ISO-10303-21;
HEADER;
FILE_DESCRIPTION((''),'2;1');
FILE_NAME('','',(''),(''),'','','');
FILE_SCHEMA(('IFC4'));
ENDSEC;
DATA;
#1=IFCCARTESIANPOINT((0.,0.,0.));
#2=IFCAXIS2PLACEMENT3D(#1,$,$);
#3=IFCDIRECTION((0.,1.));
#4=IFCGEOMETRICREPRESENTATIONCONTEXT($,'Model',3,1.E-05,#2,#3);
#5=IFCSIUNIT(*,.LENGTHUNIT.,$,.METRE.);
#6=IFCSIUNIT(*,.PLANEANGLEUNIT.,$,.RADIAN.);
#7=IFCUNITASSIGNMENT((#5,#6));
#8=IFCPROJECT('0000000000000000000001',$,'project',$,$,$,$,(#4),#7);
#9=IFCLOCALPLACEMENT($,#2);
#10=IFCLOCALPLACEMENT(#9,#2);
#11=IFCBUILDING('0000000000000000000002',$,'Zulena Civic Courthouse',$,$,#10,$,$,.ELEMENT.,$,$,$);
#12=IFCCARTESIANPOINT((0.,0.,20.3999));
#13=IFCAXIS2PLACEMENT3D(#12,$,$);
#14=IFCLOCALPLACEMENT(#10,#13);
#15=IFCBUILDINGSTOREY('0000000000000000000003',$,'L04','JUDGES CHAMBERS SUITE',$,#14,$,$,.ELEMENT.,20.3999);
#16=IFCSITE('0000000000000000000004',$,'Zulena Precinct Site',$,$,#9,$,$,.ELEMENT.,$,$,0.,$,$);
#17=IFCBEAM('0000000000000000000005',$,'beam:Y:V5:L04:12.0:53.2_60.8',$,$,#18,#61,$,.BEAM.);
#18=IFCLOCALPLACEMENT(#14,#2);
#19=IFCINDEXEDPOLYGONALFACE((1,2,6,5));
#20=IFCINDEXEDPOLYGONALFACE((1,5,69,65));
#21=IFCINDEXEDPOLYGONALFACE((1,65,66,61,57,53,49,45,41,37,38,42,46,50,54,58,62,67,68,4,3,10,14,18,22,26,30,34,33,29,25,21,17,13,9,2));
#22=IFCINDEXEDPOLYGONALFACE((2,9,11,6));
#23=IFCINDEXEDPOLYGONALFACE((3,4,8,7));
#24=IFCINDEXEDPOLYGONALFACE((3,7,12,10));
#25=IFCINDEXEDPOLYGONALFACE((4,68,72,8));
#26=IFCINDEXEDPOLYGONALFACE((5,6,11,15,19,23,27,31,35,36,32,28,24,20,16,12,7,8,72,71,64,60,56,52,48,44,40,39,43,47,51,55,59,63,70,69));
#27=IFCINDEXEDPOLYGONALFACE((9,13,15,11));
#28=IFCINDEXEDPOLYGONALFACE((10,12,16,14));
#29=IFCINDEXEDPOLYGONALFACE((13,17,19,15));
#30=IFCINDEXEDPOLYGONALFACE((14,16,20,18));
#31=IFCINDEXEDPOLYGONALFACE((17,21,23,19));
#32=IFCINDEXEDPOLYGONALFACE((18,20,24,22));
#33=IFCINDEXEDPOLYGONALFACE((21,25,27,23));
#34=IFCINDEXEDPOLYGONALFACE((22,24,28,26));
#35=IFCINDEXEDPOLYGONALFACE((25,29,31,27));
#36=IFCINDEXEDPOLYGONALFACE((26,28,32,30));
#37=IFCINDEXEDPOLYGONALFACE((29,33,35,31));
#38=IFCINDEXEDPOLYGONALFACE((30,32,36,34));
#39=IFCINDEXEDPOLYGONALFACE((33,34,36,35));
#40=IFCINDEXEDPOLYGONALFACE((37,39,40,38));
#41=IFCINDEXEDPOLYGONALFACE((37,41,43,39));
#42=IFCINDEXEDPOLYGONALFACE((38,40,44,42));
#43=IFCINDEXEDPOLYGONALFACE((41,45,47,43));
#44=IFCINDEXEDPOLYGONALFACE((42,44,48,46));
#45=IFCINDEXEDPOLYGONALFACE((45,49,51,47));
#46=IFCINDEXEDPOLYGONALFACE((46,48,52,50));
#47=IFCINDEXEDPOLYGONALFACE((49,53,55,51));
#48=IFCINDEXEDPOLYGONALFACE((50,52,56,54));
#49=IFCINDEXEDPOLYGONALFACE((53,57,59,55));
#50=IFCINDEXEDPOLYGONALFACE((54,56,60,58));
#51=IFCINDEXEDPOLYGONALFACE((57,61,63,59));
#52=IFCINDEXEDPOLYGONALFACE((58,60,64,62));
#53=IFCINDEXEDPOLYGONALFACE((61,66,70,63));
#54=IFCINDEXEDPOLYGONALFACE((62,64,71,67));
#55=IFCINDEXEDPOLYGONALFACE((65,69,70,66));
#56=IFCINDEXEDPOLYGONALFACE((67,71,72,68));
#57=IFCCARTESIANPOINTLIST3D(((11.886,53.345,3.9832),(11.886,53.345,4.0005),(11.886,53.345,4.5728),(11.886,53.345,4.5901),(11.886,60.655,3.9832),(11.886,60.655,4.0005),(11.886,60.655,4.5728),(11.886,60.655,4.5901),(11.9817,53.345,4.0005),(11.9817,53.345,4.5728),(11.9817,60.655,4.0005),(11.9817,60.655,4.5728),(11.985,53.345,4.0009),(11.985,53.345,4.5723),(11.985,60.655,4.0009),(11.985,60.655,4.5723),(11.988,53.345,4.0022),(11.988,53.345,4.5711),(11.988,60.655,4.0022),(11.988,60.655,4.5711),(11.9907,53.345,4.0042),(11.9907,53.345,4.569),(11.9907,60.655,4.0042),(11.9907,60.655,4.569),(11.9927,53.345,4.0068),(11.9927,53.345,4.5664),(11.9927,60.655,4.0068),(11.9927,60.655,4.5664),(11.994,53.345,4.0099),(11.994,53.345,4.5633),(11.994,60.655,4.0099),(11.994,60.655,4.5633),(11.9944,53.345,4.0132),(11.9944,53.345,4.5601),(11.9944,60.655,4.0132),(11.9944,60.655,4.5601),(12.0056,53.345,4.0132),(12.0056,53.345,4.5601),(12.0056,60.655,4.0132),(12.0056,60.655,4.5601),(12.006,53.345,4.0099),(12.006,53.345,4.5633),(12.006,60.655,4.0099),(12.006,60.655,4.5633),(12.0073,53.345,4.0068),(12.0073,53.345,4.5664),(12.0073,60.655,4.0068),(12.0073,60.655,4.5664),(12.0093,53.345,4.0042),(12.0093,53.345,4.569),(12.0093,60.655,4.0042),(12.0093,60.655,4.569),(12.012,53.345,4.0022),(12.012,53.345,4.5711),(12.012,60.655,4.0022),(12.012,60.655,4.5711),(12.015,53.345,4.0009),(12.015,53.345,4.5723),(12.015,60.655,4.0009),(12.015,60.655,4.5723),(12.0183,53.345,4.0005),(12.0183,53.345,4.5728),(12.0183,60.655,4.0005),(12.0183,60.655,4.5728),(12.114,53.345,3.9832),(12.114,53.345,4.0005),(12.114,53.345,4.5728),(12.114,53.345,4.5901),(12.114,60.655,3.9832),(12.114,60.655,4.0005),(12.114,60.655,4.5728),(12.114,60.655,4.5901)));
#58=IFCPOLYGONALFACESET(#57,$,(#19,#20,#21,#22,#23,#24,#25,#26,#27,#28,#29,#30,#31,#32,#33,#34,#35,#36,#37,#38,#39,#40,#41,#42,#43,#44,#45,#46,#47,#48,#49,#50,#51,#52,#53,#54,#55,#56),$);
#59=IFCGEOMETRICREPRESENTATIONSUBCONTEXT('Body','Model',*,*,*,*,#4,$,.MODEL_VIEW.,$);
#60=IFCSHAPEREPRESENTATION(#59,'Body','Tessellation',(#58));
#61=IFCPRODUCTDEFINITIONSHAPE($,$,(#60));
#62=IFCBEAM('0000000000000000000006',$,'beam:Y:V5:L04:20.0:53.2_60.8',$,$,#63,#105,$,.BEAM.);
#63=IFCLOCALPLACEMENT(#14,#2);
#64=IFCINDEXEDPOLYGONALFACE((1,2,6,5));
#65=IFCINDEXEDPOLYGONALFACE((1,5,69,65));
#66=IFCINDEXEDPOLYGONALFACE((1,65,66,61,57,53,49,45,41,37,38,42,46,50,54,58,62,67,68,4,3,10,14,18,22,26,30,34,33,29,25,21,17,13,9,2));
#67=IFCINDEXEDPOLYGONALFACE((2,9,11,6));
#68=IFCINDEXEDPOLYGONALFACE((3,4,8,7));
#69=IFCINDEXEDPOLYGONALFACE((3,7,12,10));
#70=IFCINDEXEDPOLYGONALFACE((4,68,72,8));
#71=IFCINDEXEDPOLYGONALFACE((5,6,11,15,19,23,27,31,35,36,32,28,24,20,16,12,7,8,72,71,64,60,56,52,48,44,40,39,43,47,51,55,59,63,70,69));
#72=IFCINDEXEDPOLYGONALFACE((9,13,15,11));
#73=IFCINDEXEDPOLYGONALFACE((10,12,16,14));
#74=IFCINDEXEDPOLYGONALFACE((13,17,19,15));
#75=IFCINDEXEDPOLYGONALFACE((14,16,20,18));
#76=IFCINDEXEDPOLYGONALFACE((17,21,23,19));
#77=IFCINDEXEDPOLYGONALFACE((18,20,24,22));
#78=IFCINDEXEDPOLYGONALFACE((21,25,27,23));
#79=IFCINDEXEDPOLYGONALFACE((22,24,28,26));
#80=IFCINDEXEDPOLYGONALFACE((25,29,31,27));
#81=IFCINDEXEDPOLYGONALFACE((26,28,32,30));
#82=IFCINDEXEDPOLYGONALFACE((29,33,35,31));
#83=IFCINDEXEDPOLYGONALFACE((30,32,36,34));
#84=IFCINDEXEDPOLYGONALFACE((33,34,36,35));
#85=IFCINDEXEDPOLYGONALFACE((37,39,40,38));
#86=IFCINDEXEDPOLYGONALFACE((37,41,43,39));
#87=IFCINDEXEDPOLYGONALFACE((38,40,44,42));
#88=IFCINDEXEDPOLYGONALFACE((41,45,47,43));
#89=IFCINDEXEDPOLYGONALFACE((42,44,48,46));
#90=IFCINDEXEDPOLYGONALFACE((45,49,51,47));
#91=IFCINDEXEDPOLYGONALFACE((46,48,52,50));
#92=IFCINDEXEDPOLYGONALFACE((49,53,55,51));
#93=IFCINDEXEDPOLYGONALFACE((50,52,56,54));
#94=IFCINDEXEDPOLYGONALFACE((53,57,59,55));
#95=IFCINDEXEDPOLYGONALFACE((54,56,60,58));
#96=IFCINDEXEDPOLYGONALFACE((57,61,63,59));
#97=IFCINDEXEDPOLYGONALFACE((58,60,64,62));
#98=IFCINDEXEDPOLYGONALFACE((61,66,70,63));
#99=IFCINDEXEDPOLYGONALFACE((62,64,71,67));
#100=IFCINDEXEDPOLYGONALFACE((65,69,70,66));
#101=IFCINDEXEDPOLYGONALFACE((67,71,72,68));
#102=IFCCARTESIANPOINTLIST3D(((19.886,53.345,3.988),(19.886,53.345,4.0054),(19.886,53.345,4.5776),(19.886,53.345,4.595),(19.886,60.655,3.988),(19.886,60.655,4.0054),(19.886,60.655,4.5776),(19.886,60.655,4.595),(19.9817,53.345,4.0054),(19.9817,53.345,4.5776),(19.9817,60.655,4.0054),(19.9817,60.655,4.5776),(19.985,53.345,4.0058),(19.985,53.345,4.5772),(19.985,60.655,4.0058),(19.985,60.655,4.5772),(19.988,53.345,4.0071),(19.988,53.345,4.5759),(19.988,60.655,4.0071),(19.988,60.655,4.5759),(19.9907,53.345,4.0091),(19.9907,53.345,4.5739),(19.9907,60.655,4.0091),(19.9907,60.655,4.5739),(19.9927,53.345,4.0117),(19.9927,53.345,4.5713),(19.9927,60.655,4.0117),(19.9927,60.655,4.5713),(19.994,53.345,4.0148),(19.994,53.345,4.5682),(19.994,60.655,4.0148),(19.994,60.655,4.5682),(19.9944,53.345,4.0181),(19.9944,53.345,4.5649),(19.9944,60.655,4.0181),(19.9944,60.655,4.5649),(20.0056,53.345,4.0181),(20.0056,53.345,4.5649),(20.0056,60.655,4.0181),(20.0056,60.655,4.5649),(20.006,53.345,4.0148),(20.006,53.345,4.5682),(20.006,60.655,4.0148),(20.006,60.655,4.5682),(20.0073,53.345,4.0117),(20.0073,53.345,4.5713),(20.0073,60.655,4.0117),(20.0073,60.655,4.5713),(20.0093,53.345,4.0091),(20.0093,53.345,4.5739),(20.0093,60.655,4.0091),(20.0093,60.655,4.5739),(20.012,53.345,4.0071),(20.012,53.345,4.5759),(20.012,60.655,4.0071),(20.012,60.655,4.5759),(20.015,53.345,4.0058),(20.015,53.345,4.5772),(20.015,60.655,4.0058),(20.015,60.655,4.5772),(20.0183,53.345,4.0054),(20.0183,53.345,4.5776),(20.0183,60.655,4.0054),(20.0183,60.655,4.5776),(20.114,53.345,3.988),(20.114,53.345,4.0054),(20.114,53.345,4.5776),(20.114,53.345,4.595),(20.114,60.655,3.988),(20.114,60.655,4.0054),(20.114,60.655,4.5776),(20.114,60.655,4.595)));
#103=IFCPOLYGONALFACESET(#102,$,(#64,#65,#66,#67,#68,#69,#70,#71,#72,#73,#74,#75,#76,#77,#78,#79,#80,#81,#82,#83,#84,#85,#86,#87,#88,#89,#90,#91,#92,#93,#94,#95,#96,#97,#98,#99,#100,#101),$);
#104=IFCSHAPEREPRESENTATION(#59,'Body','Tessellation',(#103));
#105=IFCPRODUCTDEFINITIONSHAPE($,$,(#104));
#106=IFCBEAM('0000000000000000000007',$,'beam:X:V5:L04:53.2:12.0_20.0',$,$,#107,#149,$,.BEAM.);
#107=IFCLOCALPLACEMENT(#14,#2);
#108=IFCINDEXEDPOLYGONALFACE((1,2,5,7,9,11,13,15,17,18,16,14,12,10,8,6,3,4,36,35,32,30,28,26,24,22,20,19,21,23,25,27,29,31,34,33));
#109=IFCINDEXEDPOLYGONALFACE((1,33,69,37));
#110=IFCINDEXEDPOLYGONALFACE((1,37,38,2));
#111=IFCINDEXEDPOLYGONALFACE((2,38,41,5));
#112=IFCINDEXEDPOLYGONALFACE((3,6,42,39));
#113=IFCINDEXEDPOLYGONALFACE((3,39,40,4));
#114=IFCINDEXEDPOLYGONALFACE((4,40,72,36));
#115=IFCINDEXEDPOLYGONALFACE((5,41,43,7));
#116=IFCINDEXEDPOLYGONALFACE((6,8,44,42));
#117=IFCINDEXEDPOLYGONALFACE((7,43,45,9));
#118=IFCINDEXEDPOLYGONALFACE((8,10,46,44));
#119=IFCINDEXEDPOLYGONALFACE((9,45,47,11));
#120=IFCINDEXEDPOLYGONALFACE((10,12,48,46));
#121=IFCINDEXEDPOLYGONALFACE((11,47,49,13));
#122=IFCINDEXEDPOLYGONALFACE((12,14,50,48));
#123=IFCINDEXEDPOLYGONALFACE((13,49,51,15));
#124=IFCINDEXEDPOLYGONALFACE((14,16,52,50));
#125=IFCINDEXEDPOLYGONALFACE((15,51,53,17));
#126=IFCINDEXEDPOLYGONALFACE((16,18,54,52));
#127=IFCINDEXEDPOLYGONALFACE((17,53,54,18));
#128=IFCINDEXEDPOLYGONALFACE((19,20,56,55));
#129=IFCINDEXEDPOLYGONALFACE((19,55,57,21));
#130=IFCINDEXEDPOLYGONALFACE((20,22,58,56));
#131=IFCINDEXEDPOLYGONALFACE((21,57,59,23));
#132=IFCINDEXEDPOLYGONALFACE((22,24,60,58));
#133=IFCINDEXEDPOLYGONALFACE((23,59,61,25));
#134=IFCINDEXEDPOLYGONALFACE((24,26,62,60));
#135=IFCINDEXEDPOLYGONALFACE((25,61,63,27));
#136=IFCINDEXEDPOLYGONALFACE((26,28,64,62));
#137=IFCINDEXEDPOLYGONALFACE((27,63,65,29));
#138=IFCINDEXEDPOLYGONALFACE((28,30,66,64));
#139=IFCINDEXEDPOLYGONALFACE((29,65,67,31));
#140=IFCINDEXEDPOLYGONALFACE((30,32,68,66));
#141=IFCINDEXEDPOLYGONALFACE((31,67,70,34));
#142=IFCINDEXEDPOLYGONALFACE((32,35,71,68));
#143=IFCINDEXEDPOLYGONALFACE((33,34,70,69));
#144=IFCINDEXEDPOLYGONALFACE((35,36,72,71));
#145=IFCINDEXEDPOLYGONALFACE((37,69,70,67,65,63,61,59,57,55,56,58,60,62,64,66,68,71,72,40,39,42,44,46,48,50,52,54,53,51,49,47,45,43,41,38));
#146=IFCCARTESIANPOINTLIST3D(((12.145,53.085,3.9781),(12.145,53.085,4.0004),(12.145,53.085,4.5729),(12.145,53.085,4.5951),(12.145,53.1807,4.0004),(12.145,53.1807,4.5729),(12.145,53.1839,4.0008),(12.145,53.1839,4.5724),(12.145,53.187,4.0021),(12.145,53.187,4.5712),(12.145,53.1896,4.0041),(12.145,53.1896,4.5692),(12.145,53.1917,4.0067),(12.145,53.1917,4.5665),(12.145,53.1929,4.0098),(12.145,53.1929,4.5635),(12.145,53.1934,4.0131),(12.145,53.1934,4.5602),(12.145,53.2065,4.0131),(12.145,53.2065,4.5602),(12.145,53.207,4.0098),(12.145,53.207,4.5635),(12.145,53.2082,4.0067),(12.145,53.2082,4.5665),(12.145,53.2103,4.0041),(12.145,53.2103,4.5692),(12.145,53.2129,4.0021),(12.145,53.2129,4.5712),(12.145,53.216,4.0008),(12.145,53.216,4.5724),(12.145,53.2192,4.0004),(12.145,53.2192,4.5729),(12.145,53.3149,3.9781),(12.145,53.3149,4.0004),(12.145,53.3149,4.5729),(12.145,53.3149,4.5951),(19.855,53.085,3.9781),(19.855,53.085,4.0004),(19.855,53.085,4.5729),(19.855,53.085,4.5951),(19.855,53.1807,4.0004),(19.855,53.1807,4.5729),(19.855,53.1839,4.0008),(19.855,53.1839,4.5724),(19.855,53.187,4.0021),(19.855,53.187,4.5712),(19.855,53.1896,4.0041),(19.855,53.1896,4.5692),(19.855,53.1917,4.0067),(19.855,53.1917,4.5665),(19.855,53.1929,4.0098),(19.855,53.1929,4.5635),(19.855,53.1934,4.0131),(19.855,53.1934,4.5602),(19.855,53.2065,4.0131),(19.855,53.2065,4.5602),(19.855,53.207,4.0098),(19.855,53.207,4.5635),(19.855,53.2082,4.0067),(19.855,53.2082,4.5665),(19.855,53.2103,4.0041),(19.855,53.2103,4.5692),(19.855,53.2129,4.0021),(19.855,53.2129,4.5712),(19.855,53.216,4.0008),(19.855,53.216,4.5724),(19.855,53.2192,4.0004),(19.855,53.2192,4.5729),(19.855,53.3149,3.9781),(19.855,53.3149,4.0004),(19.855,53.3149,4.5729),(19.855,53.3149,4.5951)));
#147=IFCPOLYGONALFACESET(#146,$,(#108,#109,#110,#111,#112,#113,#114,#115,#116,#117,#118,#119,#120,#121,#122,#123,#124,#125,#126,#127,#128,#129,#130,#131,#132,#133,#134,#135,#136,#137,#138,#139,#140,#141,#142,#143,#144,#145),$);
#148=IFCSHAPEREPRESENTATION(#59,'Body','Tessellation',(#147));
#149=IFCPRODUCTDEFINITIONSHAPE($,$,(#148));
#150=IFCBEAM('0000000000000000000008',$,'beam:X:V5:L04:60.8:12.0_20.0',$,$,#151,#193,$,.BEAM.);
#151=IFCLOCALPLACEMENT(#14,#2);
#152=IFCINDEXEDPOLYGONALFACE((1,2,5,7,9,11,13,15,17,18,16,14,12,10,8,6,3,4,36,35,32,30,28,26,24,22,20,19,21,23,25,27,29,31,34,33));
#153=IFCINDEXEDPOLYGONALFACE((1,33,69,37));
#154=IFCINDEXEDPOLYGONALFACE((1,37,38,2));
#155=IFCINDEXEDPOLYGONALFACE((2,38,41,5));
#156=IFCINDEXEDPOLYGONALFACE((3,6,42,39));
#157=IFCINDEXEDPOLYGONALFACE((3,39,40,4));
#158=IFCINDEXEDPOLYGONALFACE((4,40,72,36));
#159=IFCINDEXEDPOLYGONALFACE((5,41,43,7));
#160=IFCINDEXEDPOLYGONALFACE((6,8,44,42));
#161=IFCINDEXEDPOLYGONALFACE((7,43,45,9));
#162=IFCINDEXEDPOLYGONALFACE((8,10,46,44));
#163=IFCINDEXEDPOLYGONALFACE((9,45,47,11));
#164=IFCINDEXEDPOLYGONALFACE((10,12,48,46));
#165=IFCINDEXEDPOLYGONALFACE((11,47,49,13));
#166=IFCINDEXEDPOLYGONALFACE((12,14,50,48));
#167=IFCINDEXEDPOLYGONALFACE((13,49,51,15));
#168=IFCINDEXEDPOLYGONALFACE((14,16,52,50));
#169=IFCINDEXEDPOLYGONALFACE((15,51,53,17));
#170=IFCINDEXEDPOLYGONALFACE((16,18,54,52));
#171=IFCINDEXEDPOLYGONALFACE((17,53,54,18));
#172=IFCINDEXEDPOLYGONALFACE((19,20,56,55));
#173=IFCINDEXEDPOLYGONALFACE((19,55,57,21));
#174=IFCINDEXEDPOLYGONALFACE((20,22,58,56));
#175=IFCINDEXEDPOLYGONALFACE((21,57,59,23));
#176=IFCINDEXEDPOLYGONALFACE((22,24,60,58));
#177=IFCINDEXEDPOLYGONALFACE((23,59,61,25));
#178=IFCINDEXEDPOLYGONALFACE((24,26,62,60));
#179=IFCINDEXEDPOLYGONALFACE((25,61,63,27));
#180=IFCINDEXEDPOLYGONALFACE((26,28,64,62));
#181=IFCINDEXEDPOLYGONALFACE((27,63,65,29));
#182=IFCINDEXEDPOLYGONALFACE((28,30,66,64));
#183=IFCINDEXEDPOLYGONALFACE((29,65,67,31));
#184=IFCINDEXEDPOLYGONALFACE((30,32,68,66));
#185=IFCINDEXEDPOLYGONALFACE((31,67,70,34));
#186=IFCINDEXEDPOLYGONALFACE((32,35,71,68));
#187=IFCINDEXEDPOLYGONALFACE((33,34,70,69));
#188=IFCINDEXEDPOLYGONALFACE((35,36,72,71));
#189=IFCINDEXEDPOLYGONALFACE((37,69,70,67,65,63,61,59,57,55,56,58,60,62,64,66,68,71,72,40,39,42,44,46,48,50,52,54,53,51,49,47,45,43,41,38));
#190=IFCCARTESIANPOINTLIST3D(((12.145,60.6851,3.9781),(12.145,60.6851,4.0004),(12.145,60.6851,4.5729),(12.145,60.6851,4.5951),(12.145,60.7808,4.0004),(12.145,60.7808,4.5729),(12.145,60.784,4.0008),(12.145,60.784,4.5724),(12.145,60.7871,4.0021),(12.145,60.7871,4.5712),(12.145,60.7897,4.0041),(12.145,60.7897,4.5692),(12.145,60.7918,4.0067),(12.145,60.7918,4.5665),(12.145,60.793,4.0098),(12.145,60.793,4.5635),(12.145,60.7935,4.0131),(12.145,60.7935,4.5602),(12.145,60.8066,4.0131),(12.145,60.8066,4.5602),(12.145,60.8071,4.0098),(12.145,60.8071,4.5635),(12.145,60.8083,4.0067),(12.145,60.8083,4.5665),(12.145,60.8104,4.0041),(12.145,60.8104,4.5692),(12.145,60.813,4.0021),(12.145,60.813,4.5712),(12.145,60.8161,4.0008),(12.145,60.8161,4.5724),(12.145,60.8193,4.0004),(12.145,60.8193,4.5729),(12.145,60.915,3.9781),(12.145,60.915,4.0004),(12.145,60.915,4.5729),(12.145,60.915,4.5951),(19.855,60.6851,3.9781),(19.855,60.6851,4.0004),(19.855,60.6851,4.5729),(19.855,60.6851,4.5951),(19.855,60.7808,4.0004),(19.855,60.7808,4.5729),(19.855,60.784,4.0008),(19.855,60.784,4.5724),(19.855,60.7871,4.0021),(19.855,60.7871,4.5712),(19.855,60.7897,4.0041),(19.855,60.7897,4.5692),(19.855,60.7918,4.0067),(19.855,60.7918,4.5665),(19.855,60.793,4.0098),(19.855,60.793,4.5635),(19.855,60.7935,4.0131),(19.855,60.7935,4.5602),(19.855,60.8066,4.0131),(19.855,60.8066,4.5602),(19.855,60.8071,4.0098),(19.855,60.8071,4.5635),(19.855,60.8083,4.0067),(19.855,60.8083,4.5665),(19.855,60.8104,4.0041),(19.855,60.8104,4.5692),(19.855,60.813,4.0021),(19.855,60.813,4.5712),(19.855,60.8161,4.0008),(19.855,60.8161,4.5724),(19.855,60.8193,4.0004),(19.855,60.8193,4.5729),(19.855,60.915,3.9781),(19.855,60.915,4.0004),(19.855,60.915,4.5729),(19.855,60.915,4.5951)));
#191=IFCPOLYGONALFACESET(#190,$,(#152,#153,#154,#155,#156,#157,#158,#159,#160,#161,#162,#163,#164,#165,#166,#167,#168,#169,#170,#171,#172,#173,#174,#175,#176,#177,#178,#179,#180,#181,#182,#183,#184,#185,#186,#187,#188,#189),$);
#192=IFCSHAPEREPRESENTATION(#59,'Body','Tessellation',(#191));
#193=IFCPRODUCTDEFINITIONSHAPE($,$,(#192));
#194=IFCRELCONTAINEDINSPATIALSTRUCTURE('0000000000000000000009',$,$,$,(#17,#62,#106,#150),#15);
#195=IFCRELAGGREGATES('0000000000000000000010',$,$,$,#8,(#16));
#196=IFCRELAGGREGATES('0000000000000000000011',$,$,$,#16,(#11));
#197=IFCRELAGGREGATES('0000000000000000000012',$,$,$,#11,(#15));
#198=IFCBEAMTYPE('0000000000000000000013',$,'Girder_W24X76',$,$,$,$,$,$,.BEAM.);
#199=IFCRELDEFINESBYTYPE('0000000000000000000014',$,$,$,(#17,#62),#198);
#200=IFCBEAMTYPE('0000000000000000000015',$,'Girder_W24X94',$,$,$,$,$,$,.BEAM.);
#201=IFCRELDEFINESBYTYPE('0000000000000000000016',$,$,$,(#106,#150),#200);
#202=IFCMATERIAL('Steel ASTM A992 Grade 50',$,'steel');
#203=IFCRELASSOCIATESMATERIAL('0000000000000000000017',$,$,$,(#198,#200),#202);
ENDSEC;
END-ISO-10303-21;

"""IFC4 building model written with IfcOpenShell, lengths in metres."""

from ifc_helpers import new_model, si_unit, direction, frame, origin, origin_2d, place, context, subcontext, project, spatial, i_section, extrude, material, material_profile, profile_set, type_object, element, save


model = new_model("IFC4")

# Units and contexts
model_context = context("Model", 3, precision=1e-05, world=origin(), true_north=direction((0.0, 1.0)))
body_context = subcontext(model_context, "Body", "Model", "MODEL_VIEW")
ifc_project = project(units=[si_unit("LENGTHUNIT", "METRE"), si_unit("PLANEANGLEUNIT", "RADIAN")], contexts=[model_context])

# Site, building, storey
site_placement = place(None, origin())
site = spatial("IfcSite", under=ifc_project, at=site_placement, Name="Zulena Precinct Site", CompositionType="ELEMENT", RefElevation=0.0)
building_placement = place(site_placement, origin())
building = spatial("IfcBuilding", under=site, at=building_placement, Name="Zulena Civic Courthouse", CompositionType="ELEMENT")
storey_placement = place(building_placement, frame((0.0, 0.0, 20.3999)))
storey = spatial("IfcBuildingStorey", under=building, at=storey_placement, Name="L04", Description="JUDGES CHAMBERS SUITE", CompositionType="ELEMENT", Elevation=20.3999)

# Shared definitions
ifc_material_1 = material(Name="Steel ASTM A992 Grade 50", Category="steel")

# Beams
ifc_material_profile_1 = material_profile(ifc_material_1, i_section(OverallWidth=0.228, OverallDepth=0.6069, WebThickness=0.0112, FlangeThickness=0.0173, FilletRadius=0.0127, at=origin_2d()), Name="W24X76")
ifc_profile_set_1 = profile_set([ifc_material_profile_1], Name="Steel ASTM A992 Grade 50")
beam_type_1 = type_object("IfcBeamType", Name="Girder_W24X76", PredefinedType="BEAM", material=ifc_profile_set_1)
for number, where, z_axis, x_axis, name in (
    (1, (12.0, 53.345, 4.2866), (0.0, 1.0, 0.0), (-1.0, 0.0, 0.0), "beam:Y:V5:L04:12.0:53.2_60.8"),
    (2, (20.0, 53.345, 4.2915), (0.0, 1.0, 0.0), (-1.0, 0.0, 0.0), "beam:Y:V5:L04:20.0:53.2_60.8"),
):
    element("IfcBeam", number, at=place(storey_placement, frame(where, z_axis=z_axis, x_axis=x_axis)), inside=storey, type_object=beam_type_1, Name=name, PredefinedType="BEAM", context=body_context, shape_type="SweptSolid", body=[
        extrude(i_section(OverallWidth=0.228, OverallDepth=0.6069, WebThickness=0.0112, FlangeThickness=0.0173, FilletRadius=0.0127, at=origin_2d()), origin(), (0.0, 0.0, 1.0), 7.3101),
    ])
ifc_material_profile_2 = material_profile(ifc_material_1, i_section(OverallWidth=0.23, OverallDepth=0.6169, WebThickness=0.0132, FlangeThickness=0.0222, FilletRadius=0.0127, at=origin_2d()), Name="W24X94")
ifc_profile_set_2 = profile_set([ifc_material_profile_2], Name="Steel ASTM A992 Grade 50")
beam_type_2 = type_object("IfcBeamType", Name="Girder_W24X94", PredefinedType="BEAM", material=ifc_profile_set_2)
for number, where, z_axis, x_axis, name in (
    (3, (12.145, 53.2, 4.2866), (1.0, 0.0, 0.0), (0.0, 1.0, 0.0), "beam:X:V5:L04:53.2:12.0_20.0"),
    (4, (12.145, 60.8, 4.2866), (1.0, 0.0, 0.0), (0.0, 1.0, 0.0), "beam:X:V5:L04:60.8:12.0_20.0"),
):
    element("IfcBeam", number, at=place(storey_placement, frame(where, z_axis=z_axis, x_axis=x_axis)), inside=storey, type_object=beam_type_2, Name=name, PredefinedType="BEAM", context=body_context, shape_type="SweptSolid", body=[
        extrude(i_section(OverallWidth=0.23, OverallDepth=0.6169, WebThickness=0.0132, FlangeThickness=0.0222, FilletRadius=0.0127, at=origin_2d()), origin(), (0.0, 0.0, 1.0), 7.71),
    ])

save(model, "model.ifc")
